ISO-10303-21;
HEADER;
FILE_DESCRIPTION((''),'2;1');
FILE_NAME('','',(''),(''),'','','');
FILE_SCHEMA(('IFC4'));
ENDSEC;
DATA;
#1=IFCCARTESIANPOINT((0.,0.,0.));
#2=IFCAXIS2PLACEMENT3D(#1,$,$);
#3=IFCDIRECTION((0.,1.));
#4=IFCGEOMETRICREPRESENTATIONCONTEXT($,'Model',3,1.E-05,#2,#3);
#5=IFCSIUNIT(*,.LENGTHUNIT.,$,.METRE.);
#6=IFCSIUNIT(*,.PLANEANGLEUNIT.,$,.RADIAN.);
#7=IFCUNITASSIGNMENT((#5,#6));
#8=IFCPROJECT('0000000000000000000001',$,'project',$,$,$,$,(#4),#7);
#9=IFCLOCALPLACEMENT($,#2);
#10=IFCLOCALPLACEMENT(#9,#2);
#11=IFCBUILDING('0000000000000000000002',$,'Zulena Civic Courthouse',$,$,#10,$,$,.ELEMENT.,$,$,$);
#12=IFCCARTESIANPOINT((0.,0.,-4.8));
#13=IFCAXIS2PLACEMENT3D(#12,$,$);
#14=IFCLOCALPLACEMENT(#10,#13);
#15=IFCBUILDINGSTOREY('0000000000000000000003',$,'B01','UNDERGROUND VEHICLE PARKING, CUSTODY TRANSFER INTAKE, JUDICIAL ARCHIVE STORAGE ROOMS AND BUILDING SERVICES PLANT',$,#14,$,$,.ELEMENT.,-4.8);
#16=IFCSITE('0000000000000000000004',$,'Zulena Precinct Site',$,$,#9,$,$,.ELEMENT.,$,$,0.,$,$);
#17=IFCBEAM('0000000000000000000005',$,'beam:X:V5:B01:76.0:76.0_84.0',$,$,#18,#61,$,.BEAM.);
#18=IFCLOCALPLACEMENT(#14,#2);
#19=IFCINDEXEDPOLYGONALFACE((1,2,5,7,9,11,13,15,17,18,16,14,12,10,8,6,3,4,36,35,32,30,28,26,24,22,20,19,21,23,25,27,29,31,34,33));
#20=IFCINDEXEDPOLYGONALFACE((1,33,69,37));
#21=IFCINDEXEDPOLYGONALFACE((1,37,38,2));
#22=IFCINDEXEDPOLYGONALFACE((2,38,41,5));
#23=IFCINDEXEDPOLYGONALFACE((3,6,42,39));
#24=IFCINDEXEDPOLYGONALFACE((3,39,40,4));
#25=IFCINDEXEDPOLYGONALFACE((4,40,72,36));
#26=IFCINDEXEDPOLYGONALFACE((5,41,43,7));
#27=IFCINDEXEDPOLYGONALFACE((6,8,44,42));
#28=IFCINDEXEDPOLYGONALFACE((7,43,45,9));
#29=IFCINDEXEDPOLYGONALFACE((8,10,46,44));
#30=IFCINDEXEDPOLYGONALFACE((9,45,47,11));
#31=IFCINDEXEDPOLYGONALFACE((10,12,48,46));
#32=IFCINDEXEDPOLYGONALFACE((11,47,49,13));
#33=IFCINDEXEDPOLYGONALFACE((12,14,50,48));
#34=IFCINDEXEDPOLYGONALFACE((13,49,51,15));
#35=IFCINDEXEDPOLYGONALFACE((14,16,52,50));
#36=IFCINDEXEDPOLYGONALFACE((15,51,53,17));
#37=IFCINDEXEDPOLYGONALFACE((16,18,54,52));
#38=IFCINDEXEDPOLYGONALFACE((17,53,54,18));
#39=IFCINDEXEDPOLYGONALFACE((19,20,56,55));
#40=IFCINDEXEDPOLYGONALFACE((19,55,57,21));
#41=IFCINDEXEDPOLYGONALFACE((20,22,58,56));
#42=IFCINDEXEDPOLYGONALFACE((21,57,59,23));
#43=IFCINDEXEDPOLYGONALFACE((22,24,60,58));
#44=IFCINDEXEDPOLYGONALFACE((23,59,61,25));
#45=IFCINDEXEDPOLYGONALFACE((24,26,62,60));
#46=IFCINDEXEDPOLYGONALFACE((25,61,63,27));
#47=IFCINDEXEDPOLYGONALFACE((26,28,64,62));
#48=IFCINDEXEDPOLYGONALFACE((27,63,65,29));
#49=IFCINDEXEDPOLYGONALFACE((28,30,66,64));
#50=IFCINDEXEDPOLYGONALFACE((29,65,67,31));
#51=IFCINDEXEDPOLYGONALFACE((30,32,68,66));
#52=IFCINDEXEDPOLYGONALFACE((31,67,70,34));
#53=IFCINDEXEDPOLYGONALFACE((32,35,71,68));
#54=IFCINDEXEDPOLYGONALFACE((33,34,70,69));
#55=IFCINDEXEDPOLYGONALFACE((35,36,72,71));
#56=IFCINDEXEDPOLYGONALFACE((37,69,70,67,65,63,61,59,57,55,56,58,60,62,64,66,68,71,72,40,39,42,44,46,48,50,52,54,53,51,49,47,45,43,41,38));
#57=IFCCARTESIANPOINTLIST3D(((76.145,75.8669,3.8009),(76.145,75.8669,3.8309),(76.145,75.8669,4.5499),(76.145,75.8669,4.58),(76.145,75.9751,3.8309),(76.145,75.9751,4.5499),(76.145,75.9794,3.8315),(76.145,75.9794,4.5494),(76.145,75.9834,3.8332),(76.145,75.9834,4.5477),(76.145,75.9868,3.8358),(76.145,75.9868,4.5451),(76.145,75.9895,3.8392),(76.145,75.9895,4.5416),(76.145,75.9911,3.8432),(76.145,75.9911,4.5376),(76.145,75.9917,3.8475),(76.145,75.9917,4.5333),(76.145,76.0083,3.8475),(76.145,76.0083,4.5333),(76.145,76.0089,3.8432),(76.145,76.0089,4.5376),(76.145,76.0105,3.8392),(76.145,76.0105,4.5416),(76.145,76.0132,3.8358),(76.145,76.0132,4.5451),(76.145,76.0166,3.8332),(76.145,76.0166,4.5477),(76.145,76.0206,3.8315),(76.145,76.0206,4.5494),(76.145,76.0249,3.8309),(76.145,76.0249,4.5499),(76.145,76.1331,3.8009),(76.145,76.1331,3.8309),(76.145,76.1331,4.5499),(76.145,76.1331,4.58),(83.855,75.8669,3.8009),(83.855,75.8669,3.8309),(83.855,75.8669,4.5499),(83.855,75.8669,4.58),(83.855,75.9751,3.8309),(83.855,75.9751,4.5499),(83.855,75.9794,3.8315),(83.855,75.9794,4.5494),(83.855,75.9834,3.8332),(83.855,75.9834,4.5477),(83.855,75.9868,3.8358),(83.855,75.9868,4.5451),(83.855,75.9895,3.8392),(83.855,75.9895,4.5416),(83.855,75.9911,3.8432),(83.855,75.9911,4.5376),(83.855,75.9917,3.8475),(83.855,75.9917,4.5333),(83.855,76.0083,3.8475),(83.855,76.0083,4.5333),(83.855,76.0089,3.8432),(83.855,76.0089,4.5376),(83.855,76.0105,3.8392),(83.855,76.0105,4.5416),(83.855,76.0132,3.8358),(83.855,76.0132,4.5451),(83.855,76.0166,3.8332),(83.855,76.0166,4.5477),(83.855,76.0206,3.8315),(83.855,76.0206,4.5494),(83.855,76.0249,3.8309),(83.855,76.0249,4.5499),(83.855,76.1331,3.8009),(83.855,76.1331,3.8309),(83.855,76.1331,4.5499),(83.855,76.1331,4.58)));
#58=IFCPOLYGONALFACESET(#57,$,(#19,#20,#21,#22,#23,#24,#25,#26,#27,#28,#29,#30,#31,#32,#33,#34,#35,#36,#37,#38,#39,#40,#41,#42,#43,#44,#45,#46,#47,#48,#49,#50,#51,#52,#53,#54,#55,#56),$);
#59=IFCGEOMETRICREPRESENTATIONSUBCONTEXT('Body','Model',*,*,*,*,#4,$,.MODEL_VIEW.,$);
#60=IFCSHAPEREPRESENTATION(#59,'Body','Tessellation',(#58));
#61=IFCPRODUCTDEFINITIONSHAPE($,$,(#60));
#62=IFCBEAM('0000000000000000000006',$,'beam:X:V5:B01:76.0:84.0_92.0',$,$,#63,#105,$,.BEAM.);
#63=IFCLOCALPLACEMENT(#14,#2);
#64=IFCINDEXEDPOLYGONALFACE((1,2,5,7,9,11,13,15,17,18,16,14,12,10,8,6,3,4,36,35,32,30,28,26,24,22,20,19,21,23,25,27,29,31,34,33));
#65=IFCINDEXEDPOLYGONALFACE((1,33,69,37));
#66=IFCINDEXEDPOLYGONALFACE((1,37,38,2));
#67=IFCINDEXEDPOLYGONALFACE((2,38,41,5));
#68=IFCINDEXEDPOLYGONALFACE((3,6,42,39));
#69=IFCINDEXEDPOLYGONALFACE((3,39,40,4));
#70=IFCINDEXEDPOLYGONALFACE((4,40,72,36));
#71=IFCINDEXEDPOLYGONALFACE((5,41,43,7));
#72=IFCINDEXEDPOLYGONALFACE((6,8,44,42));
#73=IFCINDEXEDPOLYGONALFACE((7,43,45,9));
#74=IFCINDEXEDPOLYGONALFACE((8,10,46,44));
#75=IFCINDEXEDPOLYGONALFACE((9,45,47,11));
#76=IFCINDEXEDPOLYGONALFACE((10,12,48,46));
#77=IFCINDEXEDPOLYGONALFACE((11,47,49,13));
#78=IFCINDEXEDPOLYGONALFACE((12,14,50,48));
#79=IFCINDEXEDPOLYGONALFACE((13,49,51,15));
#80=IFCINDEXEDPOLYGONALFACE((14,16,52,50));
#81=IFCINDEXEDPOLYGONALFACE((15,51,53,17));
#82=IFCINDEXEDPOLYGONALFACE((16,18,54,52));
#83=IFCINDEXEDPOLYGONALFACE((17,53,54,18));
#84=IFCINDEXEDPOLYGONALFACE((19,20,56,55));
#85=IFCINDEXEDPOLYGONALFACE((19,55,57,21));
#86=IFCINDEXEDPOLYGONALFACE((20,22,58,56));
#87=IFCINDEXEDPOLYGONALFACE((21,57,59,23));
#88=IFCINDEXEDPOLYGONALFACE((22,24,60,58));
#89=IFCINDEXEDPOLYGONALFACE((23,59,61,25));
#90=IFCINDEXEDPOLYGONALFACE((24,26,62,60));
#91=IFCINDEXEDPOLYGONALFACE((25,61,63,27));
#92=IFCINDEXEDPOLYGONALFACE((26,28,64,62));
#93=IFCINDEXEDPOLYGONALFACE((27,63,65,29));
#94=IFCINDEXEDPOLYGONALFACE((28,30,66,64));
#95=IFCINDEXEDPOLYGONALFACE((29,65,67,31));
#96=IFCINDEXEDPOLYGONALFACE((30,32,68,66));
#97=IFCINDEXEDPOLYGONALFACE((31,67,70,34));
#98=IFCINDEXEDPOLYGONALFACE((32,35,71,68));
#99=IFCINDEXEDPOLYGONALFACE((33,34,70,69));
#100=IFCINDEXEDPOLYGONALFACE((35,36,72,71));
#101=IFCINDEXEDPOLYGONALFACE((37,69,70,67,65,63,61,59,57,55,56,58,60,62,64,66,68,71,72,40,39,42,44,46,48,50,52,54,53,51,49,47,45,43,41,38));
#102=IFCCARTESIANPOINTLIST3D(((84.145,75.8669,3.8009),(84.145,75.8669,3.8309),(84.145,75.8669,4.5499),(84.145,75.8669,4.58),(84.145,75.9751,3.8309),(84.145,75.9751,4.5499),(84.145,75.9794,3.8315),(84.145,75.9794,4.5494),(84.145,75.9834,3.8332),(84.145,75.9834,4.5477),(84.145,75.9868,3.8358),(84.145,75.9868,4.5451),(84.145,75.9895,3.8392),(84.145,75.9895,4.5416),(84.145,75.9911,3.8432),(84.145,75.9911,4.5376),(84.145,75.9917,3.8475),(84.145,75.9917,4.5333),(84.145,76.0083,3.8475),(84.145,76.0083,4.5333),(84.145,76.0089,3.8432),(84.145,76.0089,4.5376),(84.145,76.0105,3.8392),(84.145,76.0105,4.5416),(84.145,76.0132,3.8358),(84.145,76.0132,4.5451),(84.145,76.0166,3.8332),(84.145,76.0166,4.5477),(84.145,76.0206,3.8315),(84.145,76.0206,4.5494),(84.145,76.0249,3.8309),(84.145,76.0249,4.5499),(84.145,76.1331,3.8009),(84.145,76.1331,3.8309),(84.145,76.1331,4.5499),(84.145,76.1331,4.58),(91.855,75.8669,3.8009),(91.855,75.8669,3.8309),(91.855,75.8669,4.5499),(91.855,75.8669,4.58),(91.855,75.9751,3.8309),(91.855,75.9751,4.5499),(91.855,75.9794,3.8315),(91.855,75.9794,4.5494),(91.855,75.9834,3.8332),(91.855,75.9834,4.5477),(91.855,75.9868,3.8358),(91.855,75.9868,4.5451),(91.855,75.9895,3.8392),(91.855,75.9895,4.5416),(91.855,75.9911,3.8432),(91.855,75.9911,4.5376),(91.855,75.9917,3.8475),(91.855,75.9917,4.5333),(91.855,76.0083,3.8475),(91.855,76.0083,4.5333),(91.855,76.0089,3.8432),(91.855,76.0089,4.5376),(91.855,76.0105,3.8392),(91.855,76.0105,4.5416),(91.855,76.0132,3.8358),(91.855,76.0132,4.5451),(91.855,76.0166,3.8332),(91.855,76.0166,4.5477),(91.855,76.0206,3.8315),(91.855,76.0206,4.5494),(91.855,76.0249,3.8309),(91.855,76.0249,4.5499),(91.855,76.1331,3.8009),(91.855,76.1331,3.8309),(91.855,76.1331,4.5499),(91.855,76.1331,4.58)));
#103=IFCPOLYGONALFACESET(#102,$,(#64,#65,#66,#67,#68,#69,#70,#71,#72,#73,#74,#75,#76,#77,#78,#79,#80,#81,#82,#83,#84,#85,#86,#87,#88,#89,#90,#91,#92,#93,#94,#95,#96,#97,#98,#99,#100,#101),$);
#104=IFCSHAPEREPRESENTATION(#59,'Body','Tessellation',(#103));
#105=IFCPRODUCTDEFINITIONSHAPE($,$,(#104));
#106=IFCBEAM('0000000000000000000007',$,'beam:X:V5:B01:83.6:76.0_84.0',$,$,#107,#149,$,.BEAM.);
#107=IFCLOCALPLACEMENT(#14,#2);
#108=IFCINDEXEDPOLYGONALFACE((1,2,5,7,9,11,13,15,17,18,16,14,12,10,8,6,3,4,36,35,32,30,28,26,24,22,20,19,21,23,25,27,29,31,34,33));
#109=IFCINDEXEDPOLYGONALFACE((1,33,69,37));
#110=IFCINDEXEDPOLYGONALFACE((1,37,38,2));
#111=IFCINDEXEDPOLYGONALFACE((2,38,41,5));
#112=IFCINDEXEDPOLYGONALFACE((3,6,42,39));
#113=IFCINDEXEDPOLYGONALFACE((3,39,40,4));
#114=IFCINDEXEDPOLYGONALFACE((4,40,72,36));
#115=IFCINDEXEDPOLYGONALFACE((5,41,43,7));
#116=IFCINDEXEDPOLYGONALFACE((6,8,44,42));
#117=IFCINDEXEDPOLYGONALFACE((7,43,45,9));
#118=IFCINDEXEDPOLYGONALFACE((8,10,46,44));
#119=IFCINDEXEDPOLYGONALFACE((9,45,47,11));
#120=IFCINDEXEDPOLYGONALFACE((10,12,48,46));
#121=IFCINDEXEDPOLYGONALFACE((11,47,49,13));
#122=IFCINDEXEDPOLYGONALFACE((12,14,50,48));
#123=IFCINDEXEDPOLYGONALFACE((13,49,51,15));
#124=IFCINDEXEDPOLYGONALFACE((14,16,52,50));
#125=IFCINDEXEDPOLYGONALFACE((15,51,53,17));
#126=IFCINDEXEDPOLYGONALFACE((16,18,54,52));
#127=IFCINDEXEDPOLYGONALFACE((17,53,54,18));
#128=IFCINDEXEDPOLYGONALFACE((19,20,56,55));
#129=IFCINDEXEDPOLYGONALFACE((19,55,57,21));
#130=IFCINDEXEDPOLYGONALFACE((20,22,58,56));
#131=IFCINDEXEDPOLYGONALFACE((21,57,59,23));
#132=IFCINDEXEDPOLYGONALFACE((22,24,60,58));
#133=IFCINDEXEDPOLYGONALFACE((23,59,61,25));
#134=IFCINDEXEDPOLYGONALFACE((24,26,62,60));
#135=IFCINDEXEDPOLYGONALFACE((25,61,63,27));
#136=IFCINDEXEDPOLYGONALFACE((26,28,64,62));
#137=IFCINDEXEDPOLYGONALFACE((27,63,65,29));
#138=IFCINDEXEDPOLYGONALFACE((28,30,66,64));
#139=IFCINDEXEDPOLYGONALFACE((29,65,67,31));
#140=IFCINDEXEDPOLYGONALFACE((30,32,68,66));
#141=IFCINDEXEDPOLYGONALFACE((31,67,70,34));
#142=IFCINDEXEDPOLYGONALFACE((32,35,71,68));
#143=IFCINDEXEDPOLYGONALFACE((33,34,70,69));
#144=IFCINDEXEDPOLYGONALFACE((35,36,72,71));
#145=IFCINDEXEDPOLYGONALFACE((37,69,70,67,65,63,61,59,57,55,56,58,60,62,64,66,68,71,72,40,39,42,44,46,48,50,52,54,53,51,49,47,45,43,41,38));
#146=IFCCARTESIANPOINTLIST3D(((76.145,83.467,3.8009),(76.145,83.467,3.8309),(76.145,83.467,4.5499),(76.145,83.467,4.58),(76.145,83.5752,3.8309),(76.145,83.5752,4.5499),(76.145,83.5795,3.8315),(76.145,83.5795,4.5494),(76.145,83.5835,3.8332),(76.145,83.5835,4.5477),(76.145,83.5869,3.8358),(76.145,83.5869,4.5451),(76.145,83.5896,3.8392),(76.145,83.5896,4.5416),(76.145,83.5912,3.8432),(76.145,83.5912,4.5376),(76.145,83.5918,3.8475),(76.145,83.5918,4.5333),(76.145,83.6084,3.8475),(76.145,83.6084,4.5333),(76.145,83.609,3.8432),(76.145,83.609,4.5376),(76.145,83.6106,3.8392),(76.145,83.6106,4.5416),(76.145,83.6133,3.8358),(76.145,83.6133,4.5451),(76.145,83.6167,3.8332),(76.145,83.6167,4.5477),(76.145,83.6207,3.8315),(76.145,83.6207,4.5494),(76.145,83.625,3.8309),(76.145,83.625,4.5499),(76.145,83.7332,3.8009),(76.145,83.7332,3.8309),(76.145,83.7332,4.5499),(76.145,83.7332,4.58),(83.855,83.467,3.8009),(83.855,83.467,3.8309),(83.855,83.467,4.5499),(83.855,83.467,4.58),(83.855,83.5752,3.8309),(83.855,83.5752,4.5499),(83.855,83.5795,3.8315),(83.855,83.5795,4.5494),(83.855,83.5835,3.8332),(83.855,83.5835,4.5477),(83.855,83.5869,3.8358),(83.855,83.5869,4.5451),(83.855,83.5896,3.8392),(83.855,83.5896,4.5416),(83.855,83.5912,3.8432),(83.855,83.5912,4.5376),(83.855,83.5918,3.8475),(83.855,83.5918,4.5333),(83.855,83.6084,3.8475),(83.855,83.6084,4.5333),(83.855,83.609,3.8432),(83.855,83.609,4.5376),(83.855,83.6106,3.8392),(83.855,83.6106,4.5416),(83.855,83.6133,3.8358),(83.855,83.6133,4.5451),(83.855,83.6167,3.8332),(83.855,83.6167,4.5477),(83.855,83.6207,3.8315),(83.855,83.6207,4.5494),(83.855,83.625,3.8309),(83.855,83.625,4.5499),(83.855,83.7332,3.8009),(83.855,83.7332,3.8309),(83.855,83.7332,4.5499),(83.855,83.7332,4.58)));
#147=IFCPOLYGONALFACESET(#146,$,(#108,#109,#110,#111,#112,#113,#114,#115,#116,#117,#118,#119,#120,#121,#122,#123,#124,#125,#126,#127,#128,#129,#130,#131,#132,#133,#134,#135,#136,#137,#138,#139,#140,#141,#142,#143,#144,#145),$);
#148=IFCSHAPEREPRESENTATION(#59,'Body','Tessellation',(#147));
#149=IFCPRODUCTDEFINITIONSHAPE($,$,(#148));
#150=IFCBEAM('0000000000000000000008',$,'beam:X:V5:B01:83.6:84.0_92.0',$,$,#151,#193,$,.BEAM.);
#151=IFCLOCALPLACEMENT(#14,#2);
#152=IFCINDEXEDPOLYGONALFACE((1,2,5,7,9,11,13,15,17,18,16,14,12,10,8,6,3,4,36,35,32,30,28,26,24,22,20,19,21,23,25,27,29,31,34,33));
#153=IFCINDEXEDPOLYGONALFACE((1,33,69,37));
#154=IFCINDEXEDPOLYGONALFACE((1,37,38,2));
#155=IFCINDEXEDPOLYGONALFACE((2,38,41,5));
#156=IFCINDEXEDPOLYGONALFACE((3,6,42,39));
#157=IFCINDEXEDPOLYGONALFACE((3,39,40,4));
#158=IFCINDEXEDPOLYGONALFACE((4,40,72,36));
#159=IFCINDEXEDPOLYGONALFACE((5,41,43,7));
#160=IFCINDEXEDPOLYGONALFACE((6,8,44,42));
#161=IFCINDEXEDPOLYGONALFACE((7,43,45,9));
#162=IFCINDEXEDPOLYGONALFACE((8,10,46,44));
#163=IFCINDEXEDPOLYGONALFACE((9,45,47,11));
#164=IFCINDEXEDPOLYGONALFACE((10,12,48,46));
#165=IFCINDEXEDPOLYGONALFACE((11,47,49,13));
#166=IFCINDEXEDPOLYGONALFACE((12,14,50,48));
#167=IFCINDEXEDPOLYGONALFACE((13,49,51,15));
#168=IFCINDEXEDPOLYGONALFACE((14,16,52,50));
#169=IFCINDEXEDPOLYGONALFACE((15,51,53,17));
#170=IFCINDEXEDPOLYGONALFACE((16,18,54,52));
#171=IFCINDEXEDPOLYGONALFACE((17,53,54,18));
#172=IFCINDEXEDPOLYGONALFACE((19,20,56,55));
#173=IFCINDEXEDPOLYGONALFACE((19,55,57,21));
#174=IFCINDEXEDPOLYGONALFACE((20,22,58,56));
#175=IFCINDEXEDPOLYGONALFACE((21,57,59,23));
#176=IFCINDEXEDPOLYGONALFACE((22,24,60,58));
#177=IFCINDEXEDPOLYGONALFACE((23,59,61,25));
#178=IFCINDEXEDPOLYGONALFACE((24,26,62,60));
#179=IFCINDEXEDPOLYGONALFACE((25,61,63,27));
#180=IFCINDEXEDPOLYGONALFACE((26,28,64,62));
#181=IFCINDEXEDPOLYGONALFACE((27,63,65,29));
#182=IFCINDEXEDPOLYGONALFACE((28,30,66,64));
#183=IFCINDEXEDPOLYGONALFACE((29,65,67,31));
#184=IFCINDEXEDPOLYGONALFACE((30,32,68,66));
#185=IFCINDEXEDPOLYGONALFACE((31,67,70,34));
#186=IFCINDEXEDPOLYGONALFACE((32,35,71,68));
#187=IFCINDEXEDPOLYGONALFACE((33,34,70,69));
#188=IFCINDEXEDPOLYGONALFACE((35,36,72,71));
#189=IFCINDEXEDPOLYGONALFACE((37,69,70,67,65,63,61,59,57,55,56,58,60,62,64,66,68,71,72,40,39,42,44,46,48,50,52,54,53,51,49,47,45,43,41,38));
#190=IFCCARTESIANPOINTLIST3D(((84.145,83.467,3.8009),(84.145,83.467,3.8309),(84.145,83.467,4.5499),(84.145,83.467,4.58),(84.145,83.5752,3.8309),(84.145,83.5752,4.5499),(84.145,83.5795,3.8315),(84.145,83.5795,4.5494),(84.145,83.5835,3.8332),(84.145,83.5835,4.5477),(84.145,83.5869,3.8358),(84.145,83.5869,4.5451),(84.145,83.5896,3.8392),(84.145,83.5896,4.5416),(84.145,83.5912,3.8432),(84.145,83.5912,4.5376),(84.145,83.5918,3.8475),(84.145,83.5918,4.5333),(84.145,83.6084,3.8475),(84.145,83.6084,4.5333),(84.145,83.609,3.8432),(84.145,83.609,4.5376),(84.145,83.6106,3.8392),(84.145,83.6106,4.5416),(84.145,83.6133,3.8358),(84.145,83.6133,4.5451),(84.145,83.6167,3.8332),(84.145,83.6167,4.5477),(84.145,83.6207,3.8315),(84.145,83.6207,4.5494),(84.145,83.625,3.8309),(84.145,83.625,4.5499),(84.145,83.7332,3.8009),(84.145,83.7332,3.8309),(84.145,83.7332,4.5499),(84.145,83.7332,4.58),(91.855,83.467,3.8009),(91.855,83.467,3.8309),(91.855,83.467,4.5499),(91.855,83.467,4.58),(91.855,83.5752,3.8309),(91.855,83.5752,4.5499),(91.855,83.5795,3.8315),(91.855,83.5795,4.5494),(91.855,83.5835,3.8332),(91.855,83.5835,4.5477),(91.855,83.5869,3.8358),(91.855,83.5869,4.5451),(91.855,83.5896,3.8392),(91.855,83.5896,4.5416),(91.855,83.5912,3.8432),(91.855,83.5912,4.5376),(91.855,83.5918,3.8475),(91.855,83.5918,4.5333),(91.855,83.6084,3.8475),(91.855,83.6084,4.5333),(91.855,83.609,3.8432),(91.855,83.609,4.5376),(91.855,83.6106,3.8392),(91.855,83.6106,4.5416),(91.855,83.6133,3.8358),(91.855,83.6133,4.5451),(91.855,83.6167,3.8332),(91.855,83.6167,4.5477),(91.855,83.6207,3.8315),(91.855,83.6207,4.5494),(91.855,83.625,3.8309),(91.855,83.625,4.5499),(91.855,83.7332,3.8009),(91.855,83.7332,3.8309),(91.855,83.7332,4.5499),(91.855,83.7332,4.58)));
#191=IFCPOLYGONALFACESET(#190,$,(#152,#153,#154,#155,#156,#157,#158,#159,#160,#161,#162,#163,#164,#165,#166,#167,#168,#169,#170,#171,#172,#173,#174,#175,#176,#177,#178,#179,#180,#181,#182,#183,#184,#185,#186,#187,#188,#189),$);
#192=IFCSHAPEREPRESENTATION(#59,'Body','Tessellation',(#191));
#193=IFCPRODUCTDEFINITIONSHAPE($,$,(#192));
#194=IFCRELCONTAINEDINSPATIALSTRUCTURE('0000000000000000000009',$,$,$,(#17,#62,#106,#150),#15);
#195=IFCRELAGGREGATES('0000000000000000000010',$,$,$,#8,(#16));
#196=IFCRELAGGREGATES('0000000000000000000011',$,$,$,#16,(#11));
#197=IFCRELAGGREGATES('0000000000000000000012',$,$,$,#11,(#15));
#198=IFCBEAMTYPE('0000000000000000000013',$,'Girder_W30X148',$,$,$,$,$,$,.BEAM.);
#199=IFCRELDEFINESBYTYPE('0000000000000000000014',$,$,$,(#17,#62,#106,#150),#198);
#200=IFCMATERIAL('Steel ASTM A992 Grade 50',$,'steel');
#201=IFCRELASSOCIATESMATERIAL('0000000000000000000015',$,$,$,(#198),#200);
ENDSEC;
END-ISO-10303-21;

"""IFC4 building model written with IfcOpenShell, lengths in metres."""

from ifc_helpers import new_model, si_unit, direction, frame, origin, origin_2d, place, context, subcontext, project, spatial, i_section, extrude, material, material_profile, profile_set, type_object, element, save


model = new_model("IFC4")

# Units and contexts
model_context = context("Model", 3, precision=1e-05, world=origin(), true_north=direction((0.0, 1.0)))
body_context = subcontext(model_context, "Body", "Model", "MODEL_VIEW")
ifc_project = project(units=[si_unit("LENGTHUNIT", "METRE"), si_unit("PLANEANGLEUNIT", "RADIAN")], contexts=[model_context])

# Site, building, storey
site_placement = place(None, origin())
site = spatial("IfcSite", under=ifc_project, at=site_placement, Name="Zulena Precinct Site", CompositionType="ELEMENT", RefElevation=0.0)
building_placement = place(site_placement, origin())
building = spatial("IfcBuilding", under=site, at=building_placement, Name="Zulena Civic Courthouse", CompositionType="ELEMENT")
storey_placement = place(building_placement, frame((0.0, 0.0, -4.8)))
storey = spatial("IfcBuildingStorey", under=building, at=storey_placement, Name="B01", Description="UNDERGROUND VEHICLE PARKING, CUSTODY TRANSFER INTAKE, JUDICIAL ARCHIVE STORAGE ROOMS AND BUILDING SERVICES PLANT", CompositionType="ELEMENT", Elevation=-4.8)

# Shared definitions
ifc_material_1 = material(Name="Steel ASTM A992 Grade 50", Category="steel")

# Beams
ifc_material_profile_1 = material_profile(ifc_material_1, i_section(OverallWidth=0.2661, OverallDepth=0.7791, WebThickness=0.0166, FlangeThickness=0.03, FilletRadius=0.0166, at=origin_2d()), Name="W30X148")
ifc_profile_set_1 = profile_set([ifc_material_profile_1], Name="Steel ASTM A992 Grade 50")
beam_type_1 = type_object("IfcBeamType", Name="Girder_W30X148", PredefinedType="BEAM", material=ifc_profile_set_1)
for number, where, z_axis, x_axis, name in (
    (1, (76.145, 76.0, 4.1904), (1.0, 0.0, 0.0), (0.0, 1.0, 0.0), "beam:X:V5:B01:76.0:76.0_84.0"),
    (2, (84.145, 76.0, 4.1904), (1.0, 0.0, 0.0), (0.0, 1.0, 0.0), "beam:X:V5:B01:76.0:84.0_92.0"),
    (3, (76.145, 83.6001, 4.1904), (1.0, 0.0, 0.0), (0.0, 1.0, 0.0), "beam:X:V5:B01:83.6:76.0_84.0"),
    (4, (84.145, 83.6001, 4.1904), (1.0, 0.0, 0.0), (0.0, 1.0, 0.0), "beam:X:V5:B01:83.6:84.0_92.0"),
):
    element("IfcBeam", number, at=place(storey_placement, frame(where, z_axis=z_axis, x_axis=x_axis)), inside=storey, type_object=beam_type_1, Name=name, PredefinedType="BEAM", context=body_context, shape_type="SweptSolid", body=[
        extrude(i_section(OverallWidth=0.2661, OverallDepth=0.7791, WebThickness=0.0166, FlangeThickness=0.03, FilletRadius=0.0166, at=origin_2d()), origin(), (0.0, 0.0, 1.0), 7.71),
    ])

save(model, "model.ifc")
